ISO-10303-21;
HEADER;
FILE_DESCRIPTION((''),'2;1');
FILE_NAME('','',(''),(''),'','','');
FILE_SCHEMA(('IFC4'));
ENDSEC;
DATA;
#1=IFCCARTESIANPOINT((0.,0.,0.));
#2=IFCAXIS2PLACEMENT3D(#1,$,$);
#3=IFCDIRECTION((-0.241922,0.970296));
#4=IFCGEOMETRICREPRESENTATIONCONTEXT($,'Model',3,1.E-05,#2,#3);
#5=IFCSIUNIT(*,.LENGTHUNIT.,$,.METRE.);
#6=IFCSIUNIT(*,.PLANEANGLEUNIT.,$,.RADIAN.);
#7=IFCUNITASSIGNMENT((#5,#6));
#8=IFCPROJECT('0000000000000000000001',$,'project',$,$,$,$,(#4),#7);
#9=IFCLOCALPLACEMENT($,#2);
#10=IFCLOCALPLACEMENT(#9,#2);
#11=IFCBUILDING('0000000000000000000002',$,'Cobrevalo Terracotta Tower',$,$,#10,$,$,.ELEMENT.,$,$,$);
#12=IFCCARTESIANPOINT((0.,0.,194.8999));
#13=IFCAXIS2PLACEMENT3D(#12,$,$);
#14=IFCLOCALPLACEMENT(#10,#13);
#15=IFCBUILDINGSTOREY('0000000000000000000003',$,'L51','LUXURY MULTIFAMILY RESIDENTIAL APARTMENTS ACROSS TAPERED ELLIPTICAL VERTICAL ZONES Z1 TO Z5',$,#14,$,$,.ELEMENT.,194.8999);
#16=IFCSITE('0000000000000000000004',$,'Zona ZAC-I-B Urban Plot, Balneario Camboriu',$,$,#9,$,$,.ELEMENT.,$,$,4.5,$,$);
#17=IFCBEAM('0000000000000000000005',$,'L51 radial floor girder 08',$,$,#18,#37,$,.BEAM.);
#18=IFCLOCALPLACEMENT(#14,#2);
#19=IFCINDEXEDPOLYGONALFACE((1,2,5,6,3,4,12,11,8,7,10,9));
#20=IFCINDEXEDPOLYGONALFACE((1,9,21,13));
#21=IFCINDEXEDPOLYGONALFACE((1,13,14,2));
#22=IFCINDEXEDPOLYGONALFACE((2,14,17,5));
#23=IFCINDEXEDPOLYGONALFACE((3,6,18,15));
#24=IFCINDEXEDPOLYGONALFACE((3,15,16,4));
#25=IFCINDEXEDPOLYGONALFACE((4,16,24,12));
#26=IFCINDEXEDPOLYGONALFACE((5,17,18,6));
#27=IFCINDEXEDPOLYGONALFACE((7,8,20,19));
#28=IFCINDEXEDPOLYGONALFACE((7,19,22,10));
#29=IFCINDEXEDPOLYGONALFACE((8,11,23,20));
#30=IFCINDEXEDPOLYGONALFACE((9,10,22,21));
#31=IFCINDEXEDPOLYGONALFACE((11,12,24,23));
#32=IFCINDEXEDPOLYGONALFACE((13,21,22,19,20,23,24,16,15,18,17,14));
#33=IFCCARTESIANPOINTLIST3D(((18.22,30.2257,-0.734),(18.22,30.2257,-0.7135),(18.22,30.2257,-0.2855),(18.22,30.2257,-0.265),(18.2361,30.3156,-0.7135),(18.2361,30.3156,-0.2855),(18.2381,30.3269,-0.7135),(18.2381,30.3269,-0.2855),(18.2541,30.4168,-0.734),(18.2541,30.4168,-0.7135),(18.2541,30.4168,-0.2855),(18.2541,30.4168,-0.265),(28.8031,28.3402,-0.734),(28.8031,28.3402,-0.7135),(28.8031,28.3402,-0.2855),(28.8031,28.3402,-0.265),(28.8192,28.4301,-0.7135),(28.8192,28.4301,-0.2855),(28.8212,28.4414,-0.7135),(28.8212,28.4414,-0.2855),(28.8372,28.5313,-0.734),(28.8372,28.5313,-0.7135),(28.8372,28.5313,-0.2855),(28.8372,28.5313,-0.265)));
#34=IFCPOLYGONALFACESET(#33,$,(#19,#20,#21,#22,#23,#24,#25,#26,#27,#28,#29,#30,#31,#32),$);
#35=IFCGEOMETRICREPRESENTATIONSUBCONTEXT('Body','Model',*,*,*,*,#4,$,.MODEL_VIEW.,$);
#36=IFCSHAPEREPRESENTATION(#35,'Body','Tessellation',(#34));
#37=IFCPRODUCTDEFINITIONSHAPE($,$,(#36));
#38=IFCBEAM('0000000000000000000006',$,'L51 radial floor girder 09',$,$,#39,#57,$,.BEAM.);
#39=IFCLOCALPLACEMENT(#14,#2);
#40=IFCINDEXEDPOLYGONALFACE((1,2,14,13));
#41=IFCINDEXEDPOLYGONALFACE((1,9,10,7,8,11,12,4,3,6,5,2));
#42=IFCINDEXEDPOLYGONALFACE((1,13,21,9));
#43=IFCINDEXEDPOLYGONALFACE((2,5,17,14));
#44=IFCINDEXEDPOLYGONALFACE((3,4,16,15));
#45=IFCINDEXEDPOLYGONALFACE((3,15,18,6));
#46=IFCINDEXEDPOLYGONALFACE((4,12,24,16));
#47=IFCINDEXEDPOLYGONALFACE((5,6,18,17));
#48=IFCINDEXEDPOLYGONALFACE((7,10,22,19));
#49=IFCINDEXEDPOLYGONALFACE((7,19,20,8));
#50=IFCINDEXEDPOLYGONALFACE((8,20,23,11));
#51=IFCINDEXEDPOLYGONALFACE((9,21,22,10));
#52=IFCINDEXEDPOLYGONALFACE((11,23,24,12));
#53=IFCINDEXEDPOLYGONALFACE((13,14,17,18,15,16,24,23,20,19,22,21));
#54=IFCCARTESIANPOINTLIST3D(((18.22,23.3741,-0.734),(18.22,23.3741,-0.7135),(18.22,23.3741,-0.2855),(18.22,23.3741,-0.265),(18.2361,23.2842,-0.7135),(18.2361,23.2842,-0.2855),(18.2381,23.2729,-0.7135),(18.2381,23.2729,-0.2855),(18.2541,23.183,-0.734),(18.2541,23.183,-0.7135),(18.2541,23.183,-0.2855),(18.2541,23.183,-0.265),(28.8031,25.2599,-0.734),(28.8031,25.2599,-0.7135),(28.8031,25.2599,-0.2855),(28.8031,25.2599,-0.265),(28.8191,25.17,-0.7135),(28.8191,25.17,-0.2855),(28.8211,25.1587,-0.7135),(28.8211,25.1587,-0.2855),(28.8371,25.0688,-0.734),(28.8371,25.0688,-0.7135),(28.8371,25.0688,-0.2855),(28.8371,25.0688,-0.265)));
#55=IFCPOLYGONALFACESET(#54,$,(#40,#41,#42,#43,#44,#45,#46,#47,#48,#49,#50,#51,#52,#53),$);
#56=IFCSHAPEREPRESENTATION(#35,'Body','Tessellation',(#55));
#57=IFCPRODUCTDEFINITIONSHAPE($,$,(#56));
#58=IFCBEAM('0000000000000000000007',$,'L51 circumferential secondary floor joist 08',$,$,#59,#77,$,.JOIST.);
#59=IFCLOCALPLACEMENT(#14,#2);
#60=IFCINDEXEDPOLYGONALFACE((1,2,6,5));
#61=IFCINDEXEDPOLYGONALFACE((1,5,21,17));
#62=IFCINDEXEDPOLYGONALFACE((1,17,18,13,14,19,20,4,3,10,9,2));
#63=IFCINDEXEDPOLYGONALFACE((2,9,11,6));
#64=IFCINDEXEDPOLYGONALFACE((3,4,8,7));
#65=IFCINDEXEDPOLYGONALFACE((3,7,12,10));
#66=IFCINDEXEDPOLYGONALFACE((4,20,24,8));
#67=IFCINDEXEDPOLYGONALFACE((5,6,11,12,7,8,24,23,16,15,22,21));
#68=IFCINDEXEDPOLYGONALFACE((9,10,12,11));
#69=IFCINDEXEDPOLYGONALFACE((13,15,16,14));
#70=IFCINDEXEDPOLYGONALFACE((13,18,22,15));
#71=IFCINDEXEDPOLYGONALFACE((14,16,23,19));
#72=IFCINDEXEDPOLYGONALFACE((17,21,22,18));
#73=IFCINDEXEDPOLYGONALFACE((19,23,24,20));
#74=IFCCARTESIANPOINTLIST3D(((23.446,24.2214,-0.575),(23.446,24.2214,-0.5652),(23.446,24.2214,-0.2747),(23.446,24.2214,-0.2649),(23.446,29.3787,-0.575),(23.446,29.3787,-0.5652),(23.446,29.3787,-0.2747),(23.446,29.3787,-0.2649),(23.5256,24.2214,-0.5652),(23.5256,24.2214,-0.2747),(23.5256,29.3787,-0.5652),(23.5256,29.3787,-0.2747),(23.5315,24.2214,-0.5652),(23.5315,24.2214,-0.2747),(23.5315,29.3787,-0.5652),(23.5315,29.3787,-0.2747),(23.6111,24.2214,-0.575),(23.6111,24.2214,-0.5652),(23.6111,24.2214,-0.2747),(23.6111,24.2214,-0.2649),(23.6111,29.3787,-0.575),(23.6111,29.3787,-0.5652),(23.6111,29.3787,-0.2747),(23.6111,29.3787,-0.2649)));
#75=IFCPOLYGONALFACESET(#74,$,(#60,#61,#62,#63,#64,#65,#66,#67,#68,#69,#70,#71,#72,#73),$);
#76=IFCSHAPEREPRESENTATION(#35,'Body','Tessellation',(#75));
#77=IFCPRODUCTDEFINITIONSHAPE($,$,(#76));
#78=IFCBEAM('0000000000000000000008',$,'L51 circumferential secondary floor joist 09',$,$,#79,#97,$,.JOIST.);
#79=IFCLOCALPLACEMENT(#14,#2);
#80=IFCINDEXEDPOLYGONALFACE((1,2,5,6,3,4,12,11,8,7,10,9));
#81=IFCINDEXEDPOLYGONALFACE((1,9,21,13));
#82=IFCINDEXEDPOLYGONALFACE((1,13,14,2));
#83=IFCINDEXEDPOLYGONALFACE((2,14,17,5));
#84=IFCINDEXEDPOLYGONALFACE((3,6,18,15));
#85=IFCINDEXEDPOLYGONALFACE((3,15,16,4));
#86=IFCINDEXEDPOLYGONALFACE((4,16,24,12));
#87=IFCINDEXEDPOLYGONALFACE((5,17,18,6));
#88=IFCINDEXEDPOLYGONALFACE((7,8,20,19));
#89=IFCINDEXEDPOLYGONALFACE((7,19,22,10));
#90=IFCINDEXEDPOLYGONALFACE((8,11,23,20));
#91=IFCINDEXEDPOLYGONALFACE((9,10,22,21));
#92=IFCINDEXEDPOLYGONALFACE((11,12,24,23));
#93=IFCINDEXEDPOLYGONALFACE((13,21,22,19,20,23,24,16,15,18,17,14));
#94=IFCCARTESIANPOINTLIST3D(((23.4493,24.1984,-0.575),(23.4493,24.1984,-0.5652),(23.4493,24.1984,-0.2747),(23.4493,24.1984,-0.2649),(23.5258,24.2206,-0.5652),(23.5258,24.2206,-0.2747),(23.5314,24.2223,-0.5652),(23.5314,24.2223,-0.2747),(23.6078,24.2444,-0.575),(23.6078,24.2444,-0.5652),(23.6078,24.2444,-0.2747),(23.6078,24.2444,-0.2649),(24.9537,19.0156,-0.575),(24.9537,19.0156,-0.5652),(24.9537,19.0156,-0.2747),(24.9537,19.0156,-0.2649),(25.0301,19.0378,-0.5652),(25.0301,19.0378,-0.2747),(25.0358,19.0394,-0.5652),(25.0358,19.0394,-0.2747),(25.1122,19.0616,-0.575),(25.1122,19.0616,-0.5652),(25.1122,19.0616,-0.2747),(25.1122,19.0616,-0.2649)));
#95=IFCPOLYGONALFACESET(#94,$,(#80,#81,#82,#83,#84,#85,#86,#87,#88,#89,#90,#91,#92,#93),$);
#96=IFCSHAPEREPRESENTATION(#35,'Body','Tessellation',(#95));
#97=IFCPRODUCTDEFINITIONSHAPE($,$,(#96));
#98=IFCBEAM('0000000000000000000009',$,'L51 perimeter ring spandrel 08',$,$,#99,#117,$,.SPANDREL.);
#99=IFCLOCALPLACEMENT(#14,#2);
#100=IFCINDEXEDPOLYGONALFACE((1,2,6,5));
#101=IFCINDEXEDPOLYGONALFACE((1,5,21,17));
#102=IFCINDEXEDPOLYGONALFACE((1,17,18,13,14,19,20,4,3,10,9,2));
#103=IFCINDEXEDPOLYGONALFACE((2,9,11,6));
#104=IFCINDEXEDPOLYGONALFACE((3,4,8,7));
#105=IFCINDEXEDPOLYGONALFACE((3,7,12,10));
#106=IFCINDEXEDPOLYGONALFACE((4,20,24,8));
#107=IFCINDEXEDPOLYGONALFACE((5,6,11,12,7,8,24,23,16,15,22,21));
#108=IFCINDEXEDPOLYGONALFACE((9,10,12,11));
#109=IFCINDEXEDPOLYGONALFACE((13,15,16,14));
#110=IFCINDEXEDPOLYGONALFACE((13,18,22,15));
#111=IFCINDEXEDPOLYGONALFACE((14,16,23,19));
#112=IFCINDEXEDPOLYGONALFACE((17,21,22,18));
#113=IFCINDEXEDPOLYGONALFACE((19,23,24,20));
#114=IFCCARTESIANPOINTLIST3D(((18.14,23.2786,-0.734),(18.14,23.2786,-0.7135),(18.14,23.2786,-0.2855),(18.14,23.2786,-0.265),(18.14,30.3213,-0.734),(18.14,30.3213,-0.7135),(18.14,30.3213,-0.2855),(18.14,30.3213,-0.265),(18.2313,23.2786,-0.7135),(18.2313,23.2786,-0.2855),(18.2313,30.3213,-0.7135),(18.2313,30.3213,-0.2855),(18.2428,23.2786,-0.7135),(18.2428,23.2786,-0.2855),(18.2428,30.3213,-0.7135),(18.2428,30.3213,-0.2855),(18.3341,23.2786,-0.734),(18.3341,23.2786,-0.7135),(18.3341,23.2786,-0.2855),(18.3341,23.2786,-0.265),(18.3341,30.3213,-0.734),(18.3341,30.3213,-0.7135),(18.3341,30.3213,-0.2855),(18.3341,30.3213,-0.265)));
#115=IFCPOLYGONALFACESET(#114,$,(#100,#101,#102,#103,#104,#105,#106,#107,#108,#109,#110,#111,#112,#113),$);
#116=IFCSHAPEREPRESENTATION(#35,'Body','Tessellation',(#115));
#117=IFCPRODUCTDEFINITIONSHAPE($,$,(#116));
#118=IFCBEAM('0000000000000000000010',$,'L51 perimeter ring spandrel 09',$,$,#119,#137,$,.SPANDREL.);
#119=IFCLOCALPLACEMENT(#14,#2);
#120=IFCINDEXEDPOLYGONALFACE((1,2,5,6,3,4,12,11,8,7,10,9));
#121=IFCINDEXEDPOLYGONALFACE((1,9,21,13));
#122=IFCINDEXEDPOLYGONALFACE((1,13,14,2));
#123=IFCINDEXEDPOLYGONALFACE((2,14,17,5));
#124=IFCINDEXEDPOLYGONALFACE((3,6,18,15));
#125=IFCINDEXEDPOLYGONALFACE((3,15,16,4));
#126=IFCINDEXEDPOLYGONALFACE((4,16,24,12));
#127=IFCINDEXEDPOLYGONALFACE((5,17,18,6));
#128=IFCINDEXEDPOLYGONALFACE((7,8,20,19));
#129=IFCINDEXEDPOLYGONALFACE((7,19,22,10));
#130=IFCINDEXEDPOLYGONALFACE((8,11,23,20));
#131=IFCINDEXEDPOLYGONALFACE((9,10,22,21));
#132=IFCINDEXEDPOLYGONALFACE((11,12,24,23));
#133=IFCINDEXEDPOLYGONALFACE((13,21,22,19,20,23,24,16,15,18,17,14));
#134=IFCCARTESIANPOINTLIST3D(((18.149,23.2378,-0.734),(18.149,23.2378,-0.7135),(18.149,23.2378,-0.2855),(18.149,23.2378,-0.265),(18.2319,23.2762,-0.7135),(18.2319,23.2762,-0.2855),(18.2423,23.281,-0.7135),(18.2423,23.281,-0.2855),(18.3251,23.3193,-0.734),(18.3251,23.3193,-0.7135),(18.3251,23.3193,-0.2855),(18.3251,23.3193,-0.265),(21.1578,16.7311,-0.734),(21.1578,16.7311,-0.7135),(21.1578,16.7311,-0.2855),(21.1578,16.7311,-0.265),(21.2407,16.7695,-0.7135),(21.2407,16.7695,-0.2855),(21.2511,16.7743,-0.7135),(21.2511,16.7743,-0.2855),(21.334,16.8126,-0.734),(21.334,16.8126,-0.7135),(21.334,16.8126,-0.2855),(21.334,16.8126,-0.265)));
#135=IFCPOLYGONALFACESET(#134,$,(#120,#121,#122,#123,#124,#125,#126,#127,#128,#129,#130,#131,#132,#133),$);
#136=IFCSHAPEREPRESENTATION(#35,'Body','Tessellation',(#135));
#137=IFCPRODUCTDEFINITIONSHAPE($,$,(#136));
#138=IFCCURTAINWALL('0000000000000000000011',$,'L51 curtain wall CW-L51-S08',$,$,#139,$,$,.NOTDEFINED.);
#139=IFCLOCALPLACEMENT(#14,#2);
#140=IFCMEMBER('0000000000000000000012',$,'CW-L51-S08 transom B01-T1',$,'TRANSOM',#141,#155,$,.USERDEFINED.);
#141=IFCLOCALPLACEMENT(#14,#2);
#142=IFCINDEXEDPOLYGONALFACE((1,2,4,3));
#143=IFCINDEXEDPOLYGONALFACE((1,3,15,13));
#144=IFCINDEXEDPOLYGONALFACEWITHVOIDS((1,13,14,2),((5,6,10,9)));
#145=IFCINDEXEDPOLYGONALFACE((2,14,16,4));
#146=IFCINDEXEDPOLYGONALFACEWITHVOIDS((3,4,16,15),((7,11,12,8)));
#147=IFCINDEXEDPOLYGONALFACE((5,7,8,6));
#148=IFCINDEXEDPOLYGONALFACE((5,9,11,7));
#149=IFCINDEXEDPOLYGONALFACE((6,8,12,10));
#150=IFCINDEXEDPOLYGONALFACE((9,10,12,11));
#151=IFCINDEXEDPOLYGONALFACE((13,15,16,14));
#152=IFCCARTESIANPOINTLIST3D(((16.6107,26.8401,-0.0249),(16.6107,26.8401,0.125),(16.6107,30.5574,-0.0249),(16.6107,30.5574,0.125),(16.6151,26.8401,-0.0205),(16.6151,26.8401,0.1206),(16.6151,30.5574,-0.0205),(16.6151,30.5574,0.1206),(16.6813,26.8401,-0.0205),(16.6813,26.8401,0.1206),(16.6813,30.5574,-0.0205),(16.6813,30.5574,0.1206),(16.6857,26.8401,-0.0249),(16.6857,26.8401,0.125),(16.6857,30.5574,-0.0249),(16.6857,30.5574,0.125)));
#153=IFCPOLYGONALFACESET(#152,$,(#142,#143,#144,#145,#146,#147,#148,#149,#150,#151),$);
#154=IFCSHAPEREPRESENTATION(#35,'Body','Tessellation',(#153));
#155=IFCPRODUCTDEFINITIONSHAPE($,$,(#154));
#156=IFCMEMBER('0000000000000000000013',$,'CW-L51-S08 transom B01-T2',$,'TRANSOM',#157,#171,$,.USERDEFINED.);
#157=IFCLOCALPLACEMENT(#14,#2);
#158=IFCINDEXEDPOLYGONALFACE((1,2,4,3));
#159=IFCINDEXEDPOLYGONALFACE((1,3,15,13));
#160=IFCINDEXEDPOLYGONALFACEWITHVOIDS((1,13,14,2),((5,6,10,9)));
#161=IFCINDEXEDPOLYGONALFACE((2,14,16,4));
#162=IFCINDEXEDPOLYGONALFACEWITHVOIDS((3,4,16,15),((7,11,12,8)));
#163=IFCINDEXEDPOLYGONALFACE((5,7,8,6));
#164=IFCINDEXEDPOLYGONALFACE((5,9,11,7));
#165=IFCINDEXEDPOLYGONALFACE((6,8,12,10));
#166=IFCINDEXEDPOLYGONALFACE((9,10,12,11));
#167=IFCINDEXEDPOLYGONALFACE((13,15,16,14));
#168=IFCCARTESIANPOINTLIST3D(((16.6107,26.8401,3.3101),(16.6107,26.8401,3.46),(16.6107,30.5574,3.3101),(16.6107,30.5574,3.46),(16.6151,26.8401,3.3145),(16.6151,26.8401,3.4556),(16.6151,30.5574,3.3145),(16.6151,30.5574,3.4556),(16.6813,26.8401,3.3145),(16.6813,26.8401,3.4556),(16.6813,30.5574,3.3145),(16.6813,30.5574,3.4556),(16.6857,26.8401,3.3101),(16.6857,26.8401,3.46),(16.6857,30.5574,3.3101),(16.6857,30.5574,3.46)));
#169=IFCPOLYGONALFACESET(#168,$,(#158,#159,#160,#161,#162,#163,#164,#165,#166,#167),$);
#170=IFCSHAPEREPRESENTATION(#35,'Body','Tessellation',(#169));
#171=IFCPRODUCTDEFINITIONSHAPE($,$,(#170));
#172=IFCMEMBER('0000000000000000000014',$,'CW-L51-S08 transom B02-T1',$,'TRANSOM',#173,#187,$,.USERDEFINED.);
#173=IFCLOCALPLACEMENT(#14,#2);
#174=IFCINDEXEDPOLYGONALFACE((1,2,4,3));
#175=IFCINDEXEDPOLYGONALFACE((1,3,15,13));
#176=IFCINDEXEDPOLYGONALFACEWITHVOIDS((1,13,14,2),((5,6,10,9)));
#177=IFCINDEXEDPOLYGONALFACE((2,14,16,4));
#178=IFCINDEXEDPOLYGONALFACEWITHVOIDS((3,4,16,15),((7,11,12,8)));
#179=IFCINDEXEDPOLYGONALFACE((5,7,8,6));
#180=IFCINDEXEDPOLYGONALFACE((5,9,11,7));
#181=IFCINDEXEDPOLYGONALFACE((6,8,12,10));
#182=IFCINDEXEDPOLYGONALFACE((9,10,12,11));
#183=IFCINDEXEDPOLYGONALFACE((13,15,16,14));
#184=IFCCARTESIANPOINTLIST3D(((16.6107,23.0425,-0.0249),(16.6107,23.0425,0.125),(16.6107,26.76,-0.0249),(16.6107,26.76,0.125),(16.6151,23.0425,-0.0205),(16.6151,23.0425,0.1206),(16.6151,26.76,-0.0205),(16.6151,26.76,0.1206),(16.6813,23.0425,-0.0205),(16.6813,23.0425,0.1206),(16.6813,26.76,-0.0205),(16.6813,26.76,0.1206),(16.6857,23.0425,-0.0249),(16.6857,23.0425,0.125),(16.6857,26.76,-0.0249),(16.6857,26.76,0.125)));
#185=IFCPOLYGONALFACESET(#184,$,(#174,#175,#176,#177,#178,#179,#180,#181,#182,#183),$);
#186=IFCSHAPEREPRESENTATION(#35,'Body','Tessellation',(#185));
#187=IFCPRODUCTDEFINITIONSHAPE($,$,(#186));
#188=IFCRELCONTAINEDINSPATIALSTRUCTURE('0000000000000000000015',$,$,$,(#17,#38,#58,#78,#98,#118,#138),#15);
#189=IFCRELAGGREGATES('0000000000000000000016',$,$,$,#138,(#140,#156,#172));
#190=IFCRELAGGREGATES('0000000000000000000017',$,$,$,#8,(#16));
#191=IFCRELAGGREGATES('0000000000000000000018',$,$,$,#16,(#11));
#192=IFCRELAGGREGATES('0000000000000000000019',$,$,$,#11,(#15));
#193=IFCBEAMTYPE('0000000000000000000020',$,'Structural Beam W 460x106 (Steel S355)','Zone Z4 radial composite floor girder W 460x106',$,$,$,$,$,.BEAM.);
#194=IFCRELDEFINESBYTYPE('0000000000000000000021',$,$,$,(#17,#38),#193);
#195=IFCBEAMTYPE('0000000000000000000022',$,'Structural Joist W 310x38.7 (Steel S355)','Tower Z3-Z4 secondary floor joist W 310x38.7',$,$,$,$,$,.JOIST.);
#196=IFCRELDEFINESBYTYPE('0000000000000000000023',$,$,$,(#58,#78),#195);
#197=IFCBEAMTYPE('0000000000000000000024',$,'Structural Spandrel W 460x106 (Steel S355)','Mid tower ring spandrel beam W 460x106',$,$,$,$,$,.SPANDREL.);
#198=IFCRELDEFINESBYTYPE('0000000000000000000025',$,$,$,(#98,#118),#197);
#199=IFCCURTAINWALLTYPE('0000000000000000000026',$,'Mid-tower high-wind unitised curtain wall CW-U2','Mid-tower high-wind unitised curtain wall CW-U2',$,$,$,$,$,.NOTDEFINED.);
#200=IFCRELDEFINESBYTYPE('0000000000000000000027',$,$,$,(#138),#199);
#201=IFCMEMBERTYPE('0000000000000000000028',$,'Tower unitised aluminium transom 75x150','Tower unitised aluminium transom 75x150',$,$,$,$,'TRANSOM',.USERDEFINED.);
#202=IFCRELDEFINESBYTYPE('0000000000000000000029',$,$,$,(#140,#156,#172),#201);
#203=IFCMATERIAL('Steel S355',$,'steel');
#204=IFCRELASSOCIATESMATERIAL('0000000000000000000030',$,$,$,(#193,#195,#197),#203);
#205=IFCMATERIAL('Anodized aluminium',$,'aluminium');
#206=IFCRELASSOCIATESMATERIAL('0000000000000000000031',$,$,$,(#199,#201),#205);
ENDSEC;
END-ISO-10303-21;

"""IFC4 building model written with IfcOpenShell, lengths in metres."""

from ifc_helpers import new_model, si_unit, direction, frame, origin, origin_2d, place, context, subcontext, project, spatial, hollow_rectangle, i_section, extrude, source, transform, mapped, material, material_profile, profile_set, type_object, element, aggregate, save


model = new_model("IFC4")

# Units and contexts
model_context = context("Model", 3, precision=1e-05, world=origin(), true_north=direction((-0.241922, 0.970296)))
body_context = subcontext(model_context, "Body", "Model", "MODEL_VIEW")
ifc_project = project(units=[si_unit("LENGTHUNIT", "METRE"), si_unit("PLANEANGLEUNIT", "RADIAN")], contexts=[model_context])

# Site, building, storey
site_placement = place(None, origin())
site = spatial("IfcSite", under=ifc_project, at=site_placement, Name="Zona ZAC-I-B Urban Plot, Balneario Camboriu", CompositionType="ELEMENT", RefElevation=4.5)
building_placement = place(site_placement, origin())
building = spatial("IfcBuilding", under=site, at=building_placement, Name="Cobrevalo Terracotta Tower", CompositionType="ELEMENT")
storey_placement = place(building_placement, frame((0.0, 0.0, 194.8999)))
storey = spatial("IfcBuildingStorey", under=building, at=storey_placement, Name="L51", Description="LUXURY MULTIFAMILY RESIDENTIAL APARTMENTS ACROSS TAPERED ELLIPTICAL VERTICAL ZONES Z1 TO Z5", CompositionType="ELEMENT", Elevation=194.8999)

# Shared definitions
ifc_material_1 = material(Name="Steel S355", Category="steel")

# Beams
ifc_material_profile_1 = material_profile(ifc_material_1, i_section(OverallWidth=0.1941, OverallDepth=0.469, WebThickness=0.0115, FlangeThickness=0.0205, at=origin_2d()), Name="W 460x106")
ifc_profile_set_1 = profile_set([ifc_material_profile_1], Name="Steel S355")
beam_type_1 = type_object("IfcBeamType", Name="Structural Beam W 460x106 (Steel S355)", Description="Zone Z4 radial composite floor girder W 460x106", PredefinedType="BEAM", material=ifc_profile_set_1)
for number, where, z_axis, x_axis, name in (
    (1, (18.2371, 30.3213, -0.4995), (0.984497, -0.175401, 0.0), (0.175401, 0.984497, 0.0), "L51 radial floor girder 08"),
    (2, (18.2371, 23.2786, -0.4995), (0.984493, 0.175423, 0.0), (-0.175423, 0.984493, 0.0), "L51 radial floor girder 09"),
):
    element("IfcBeam", number, at=place(storey_placement, frame(where, z_axis=z_axis, x_axis=x_axis)), inside=storey, type_object=beam_type_1, Name=name, PredefinedType="BEAM", context=body_context, shape_type="SweptSolid", body=[
        extrude(i_section(OverallWidth=0.1941, OverallDepth=0.469, WebThickness=0.0115, FlangeThickness=0.0205, at=origin_2d()), origin(), (0.0, 0.0, 1.0), 10.7498),
    ])
ifc_material_profile_2 = material_profile(ifc_material_1, i_section(OverallWidth=0.165, OverallDepth=0.3101, WebThickness=0.0059, FlangeThickness=0.0098, at=origin_2d()), Name="W 310x38.7")
ifc_profile_set_2 = profile_set([ifc_material_profile_2], Name="Steel S355")
beam_type_2 = type_object("IfcBeamType", Name="Structural Joist W 310x38.7 (Steel S355)", Description="Tower Z3-Z4 secondary floor joist W 310x38.7", PredefinedType="JOIST", material=ifc_profile_set_2)
beam_1_placement = place(storey_placement, frame((23.5286, 29.3787, -0.4199), z_axis=(0.0, -1.0, 0.0), x_axis=(1.0, 0.0, 0.0)))
element("IfcBeam", 3, at=beam_1_placement, inside=storey, type_object=beam_type_2, Name="L51 circumferential secondary floor joist 08", PredefinedType="JOIST", context=body_context, shape_type="SweptSolid", body=[
    extrude(i_section(OverallWidth=0.165, OverallDepth=0.3101, WebThickness=0.0059, FlangeThickness=0.0098, at=origin_2d()), origin(), (0.0, 0.0, 1.0), 5.1572),
])
beam_2_placement = place(storey_placement, frame((23.5286, 24.2214, -0.4199), z_axis=(0.278758, -0.960361, 0.0), x_axis=(0.960361, 0.278758, 0.0)))
element("IfcBeam", 4, at=beam_2_placement, inside=storey, type_object=beam_type_2, Name="L51 circumferential secondary floor joist 09", PredefinedType="JOIST", context=body_context, shape_type="SweptSolid", body=[
    extrude(i_section(OverallWidth=0.165, OverallDepth=0.3101, WebThickness=0.0059, FlangeThickness=0.0098, at=origin_2d()), origin(), (0.0, 0.0, 1.0), 5.3967),
])
ifc_material_profile_3 = material_profile(ifc_material_1, i_section(OverallWidth=0.1941, OverallDepth=0.469, WebThickness=0.0115, FlangeThickness=0.0205, at=origin_2d()), Name="W 460x106")
ifc_profile_set_3 = profile_set([ifc_material_profile_3], Name="Steel S355")
beam_type_3 = type_object("IfcBeamType", Name="Structural Spandrel W 460x106 (Steel S355)", Description="Mid tower ring spandrel beam W 460x106", PredefinedType="SPANDREL", material=ifc_profile_set_3)
beam_3_placement = place(storey_placement, frame((18.2371, 30.3213, -0.4995), z_axis=(0.0, -1.0, 0.0), x_axis=(1.0, 0.0, 0.0)))
element("IfcBeam", 5, at=beam_3_placement, inside=storey, type_object=beam_type_3, Name="L51 perimeter ring spandrel 08", PredefinedType="SPANDREL", context=body_context, shape_type="SweptSolid", body=[
    extrude(i_section(OverallWidth=0.1941, OverallDepth=0.469, WebThickness=0.0115, FlangeThickness=0.0205, at=origin_2d()), origin(), (0.0, 0.0, 1.0), 7.0427),
])
beam_4_placement = place(storey_placement, frame((18.2371, 23.2786, -0.4995), z_axis=(0.419719, -0.907654, 0.0), x_axis=(0.907654, 0.419719, 0.0)))
element("IfcBeam", 6, at=beam_4_placement, inside=storey, type_object=beam_type_3, Name="L51 perimeter ring spandrel 09", PredefinedType="SPANDREL", context=body_context, shape_type="SweptSolid", body=[
    extrude(i_section(OverallWidth=0.1941, OverallDepth=0.469, WebThickness=0.0115, FlangeThickness=0.0205, at=origin_2d()), origin(), (0.0, 0.0, 1.0), 7.1687),
])

# Curtain wall, members
ifc_material_2 = material(Name="Anodized aluminium", Category="aluminium")
curtain_wall_type = type_object("IfcCurtainWallType", Name="Mid-tower high-wind unitised curtain wall CW-U2", Description="Mid-tower high-wind unitised curtain wall CW-U2", PredefinedType="NOTDEFINED", material=ifc_material_2)
curtain_wall_1_placement = place(storey_placement, origin())
curtain_wall_1 = element("IfcCurtainWall", 7, at=curtain_wall_1_placement, inside=storey, type_object=curtain_wall_type, Name="L51 curtain wall CW-L51-S08", PredefinedType="NOTDEFINED")
ifc_material_profile_4 = material_profile(ifc_material_2, hollow_rectangle(XDim=0.075, YDim=0.1499, WallThickness=0.0044, at=origin_2d()), Name="CWT 75x150")
ifc_profile_set_4 = profile_set([ifc_material_profile_4], Name="Anodized aluminium")
member_type_1 = type_object("IfcMemberType", Name="Tower unitised aluminium transom 75x150", Description="Tower unitised aluminium transom 75x150", ElementType="TRANSOM", PredefinedType="USERDEFINED", material=ifc_profile_set_4)
shared_shape_1 = source(origin(), body_context, "Body", "SweptSolid", [
    extrude(hollow_rectangle(XDim=0.075, YDim=0.1499, WallThickness=0.0044, at=origin_2d()), origin(), (0.0, 0.0, 1.0), 3.7173),
])
member_1_placement = place(storey_placement, frame((16.6482, 30.5574, 0.05), z_axis=(0.0, -1.0, 0.0), x_axis=(1.0, 0.0, 0.0)))
member_1 = element("IfcMember", 8, at=member_1_placement, type_object=member_type_1, Name="CW-L51-S08 transom B01-T1", ObjectType="TRANSOM", PredefinedType="USERDEFINED", context=body_context, shape_type="MappedRepresentation", body=[
    mapped(shared_shape_1, transform((0.0, 0.0, 0.0), scale=1.0)),
])
member_2_placement = place(storey_placement, frame((16.6482, 30.5574, 3.385), z_axis=(0.0, -1.0, 0.0), x_axis=(1.0, 0.0, 0.0)))
member_2 = element("IfcMember", 9, at=member_2_placement, type_object=member_type_1, Name="CW-L51-S08 transom B01-T2", ObjectType="TRANSOM", PredefinedType="USERDEFINED", context=body_context, shape_type="MappedRepresentation", body=[
    mapped(shared_shape_1, transform((0.0, 0.0, 0.0), scale=1.0)),
])
shared_shape_2 = source(origin(), body_context, "Body", "SweptSolid", [
    extrude(hollow_rectangle(XDim=0.075, YDim=0.1499, WallThickness=0.0044, at=origin_2d()), origin(), (0.0, 0.0, 1.0), 3.7175),
])
member_3_placement = place(storey_placement, frame((16.6482, 26.76, 0.05), z_axis=(0.0, -1.0, 0.0), x_axis=(1.0, 0.0, 0.0)))
member_3 = element("IfcMember", 10, at=member_3_placement, type_object=member_type_1, Name="CW-L51-S08 transom B02-T1", ObjectType="TRANSOM", PredefinedType="USERDEFINED", context=body_context, shape_type="MappedRepresentation", body=[
    mapped(shared_shape_2, transform((0.0, 0.0, 0.0), scale=1.0)),
])

aggregate(curtain_wall_1, [member_1, member_2, member_3])

save(model, "model.ifc")
